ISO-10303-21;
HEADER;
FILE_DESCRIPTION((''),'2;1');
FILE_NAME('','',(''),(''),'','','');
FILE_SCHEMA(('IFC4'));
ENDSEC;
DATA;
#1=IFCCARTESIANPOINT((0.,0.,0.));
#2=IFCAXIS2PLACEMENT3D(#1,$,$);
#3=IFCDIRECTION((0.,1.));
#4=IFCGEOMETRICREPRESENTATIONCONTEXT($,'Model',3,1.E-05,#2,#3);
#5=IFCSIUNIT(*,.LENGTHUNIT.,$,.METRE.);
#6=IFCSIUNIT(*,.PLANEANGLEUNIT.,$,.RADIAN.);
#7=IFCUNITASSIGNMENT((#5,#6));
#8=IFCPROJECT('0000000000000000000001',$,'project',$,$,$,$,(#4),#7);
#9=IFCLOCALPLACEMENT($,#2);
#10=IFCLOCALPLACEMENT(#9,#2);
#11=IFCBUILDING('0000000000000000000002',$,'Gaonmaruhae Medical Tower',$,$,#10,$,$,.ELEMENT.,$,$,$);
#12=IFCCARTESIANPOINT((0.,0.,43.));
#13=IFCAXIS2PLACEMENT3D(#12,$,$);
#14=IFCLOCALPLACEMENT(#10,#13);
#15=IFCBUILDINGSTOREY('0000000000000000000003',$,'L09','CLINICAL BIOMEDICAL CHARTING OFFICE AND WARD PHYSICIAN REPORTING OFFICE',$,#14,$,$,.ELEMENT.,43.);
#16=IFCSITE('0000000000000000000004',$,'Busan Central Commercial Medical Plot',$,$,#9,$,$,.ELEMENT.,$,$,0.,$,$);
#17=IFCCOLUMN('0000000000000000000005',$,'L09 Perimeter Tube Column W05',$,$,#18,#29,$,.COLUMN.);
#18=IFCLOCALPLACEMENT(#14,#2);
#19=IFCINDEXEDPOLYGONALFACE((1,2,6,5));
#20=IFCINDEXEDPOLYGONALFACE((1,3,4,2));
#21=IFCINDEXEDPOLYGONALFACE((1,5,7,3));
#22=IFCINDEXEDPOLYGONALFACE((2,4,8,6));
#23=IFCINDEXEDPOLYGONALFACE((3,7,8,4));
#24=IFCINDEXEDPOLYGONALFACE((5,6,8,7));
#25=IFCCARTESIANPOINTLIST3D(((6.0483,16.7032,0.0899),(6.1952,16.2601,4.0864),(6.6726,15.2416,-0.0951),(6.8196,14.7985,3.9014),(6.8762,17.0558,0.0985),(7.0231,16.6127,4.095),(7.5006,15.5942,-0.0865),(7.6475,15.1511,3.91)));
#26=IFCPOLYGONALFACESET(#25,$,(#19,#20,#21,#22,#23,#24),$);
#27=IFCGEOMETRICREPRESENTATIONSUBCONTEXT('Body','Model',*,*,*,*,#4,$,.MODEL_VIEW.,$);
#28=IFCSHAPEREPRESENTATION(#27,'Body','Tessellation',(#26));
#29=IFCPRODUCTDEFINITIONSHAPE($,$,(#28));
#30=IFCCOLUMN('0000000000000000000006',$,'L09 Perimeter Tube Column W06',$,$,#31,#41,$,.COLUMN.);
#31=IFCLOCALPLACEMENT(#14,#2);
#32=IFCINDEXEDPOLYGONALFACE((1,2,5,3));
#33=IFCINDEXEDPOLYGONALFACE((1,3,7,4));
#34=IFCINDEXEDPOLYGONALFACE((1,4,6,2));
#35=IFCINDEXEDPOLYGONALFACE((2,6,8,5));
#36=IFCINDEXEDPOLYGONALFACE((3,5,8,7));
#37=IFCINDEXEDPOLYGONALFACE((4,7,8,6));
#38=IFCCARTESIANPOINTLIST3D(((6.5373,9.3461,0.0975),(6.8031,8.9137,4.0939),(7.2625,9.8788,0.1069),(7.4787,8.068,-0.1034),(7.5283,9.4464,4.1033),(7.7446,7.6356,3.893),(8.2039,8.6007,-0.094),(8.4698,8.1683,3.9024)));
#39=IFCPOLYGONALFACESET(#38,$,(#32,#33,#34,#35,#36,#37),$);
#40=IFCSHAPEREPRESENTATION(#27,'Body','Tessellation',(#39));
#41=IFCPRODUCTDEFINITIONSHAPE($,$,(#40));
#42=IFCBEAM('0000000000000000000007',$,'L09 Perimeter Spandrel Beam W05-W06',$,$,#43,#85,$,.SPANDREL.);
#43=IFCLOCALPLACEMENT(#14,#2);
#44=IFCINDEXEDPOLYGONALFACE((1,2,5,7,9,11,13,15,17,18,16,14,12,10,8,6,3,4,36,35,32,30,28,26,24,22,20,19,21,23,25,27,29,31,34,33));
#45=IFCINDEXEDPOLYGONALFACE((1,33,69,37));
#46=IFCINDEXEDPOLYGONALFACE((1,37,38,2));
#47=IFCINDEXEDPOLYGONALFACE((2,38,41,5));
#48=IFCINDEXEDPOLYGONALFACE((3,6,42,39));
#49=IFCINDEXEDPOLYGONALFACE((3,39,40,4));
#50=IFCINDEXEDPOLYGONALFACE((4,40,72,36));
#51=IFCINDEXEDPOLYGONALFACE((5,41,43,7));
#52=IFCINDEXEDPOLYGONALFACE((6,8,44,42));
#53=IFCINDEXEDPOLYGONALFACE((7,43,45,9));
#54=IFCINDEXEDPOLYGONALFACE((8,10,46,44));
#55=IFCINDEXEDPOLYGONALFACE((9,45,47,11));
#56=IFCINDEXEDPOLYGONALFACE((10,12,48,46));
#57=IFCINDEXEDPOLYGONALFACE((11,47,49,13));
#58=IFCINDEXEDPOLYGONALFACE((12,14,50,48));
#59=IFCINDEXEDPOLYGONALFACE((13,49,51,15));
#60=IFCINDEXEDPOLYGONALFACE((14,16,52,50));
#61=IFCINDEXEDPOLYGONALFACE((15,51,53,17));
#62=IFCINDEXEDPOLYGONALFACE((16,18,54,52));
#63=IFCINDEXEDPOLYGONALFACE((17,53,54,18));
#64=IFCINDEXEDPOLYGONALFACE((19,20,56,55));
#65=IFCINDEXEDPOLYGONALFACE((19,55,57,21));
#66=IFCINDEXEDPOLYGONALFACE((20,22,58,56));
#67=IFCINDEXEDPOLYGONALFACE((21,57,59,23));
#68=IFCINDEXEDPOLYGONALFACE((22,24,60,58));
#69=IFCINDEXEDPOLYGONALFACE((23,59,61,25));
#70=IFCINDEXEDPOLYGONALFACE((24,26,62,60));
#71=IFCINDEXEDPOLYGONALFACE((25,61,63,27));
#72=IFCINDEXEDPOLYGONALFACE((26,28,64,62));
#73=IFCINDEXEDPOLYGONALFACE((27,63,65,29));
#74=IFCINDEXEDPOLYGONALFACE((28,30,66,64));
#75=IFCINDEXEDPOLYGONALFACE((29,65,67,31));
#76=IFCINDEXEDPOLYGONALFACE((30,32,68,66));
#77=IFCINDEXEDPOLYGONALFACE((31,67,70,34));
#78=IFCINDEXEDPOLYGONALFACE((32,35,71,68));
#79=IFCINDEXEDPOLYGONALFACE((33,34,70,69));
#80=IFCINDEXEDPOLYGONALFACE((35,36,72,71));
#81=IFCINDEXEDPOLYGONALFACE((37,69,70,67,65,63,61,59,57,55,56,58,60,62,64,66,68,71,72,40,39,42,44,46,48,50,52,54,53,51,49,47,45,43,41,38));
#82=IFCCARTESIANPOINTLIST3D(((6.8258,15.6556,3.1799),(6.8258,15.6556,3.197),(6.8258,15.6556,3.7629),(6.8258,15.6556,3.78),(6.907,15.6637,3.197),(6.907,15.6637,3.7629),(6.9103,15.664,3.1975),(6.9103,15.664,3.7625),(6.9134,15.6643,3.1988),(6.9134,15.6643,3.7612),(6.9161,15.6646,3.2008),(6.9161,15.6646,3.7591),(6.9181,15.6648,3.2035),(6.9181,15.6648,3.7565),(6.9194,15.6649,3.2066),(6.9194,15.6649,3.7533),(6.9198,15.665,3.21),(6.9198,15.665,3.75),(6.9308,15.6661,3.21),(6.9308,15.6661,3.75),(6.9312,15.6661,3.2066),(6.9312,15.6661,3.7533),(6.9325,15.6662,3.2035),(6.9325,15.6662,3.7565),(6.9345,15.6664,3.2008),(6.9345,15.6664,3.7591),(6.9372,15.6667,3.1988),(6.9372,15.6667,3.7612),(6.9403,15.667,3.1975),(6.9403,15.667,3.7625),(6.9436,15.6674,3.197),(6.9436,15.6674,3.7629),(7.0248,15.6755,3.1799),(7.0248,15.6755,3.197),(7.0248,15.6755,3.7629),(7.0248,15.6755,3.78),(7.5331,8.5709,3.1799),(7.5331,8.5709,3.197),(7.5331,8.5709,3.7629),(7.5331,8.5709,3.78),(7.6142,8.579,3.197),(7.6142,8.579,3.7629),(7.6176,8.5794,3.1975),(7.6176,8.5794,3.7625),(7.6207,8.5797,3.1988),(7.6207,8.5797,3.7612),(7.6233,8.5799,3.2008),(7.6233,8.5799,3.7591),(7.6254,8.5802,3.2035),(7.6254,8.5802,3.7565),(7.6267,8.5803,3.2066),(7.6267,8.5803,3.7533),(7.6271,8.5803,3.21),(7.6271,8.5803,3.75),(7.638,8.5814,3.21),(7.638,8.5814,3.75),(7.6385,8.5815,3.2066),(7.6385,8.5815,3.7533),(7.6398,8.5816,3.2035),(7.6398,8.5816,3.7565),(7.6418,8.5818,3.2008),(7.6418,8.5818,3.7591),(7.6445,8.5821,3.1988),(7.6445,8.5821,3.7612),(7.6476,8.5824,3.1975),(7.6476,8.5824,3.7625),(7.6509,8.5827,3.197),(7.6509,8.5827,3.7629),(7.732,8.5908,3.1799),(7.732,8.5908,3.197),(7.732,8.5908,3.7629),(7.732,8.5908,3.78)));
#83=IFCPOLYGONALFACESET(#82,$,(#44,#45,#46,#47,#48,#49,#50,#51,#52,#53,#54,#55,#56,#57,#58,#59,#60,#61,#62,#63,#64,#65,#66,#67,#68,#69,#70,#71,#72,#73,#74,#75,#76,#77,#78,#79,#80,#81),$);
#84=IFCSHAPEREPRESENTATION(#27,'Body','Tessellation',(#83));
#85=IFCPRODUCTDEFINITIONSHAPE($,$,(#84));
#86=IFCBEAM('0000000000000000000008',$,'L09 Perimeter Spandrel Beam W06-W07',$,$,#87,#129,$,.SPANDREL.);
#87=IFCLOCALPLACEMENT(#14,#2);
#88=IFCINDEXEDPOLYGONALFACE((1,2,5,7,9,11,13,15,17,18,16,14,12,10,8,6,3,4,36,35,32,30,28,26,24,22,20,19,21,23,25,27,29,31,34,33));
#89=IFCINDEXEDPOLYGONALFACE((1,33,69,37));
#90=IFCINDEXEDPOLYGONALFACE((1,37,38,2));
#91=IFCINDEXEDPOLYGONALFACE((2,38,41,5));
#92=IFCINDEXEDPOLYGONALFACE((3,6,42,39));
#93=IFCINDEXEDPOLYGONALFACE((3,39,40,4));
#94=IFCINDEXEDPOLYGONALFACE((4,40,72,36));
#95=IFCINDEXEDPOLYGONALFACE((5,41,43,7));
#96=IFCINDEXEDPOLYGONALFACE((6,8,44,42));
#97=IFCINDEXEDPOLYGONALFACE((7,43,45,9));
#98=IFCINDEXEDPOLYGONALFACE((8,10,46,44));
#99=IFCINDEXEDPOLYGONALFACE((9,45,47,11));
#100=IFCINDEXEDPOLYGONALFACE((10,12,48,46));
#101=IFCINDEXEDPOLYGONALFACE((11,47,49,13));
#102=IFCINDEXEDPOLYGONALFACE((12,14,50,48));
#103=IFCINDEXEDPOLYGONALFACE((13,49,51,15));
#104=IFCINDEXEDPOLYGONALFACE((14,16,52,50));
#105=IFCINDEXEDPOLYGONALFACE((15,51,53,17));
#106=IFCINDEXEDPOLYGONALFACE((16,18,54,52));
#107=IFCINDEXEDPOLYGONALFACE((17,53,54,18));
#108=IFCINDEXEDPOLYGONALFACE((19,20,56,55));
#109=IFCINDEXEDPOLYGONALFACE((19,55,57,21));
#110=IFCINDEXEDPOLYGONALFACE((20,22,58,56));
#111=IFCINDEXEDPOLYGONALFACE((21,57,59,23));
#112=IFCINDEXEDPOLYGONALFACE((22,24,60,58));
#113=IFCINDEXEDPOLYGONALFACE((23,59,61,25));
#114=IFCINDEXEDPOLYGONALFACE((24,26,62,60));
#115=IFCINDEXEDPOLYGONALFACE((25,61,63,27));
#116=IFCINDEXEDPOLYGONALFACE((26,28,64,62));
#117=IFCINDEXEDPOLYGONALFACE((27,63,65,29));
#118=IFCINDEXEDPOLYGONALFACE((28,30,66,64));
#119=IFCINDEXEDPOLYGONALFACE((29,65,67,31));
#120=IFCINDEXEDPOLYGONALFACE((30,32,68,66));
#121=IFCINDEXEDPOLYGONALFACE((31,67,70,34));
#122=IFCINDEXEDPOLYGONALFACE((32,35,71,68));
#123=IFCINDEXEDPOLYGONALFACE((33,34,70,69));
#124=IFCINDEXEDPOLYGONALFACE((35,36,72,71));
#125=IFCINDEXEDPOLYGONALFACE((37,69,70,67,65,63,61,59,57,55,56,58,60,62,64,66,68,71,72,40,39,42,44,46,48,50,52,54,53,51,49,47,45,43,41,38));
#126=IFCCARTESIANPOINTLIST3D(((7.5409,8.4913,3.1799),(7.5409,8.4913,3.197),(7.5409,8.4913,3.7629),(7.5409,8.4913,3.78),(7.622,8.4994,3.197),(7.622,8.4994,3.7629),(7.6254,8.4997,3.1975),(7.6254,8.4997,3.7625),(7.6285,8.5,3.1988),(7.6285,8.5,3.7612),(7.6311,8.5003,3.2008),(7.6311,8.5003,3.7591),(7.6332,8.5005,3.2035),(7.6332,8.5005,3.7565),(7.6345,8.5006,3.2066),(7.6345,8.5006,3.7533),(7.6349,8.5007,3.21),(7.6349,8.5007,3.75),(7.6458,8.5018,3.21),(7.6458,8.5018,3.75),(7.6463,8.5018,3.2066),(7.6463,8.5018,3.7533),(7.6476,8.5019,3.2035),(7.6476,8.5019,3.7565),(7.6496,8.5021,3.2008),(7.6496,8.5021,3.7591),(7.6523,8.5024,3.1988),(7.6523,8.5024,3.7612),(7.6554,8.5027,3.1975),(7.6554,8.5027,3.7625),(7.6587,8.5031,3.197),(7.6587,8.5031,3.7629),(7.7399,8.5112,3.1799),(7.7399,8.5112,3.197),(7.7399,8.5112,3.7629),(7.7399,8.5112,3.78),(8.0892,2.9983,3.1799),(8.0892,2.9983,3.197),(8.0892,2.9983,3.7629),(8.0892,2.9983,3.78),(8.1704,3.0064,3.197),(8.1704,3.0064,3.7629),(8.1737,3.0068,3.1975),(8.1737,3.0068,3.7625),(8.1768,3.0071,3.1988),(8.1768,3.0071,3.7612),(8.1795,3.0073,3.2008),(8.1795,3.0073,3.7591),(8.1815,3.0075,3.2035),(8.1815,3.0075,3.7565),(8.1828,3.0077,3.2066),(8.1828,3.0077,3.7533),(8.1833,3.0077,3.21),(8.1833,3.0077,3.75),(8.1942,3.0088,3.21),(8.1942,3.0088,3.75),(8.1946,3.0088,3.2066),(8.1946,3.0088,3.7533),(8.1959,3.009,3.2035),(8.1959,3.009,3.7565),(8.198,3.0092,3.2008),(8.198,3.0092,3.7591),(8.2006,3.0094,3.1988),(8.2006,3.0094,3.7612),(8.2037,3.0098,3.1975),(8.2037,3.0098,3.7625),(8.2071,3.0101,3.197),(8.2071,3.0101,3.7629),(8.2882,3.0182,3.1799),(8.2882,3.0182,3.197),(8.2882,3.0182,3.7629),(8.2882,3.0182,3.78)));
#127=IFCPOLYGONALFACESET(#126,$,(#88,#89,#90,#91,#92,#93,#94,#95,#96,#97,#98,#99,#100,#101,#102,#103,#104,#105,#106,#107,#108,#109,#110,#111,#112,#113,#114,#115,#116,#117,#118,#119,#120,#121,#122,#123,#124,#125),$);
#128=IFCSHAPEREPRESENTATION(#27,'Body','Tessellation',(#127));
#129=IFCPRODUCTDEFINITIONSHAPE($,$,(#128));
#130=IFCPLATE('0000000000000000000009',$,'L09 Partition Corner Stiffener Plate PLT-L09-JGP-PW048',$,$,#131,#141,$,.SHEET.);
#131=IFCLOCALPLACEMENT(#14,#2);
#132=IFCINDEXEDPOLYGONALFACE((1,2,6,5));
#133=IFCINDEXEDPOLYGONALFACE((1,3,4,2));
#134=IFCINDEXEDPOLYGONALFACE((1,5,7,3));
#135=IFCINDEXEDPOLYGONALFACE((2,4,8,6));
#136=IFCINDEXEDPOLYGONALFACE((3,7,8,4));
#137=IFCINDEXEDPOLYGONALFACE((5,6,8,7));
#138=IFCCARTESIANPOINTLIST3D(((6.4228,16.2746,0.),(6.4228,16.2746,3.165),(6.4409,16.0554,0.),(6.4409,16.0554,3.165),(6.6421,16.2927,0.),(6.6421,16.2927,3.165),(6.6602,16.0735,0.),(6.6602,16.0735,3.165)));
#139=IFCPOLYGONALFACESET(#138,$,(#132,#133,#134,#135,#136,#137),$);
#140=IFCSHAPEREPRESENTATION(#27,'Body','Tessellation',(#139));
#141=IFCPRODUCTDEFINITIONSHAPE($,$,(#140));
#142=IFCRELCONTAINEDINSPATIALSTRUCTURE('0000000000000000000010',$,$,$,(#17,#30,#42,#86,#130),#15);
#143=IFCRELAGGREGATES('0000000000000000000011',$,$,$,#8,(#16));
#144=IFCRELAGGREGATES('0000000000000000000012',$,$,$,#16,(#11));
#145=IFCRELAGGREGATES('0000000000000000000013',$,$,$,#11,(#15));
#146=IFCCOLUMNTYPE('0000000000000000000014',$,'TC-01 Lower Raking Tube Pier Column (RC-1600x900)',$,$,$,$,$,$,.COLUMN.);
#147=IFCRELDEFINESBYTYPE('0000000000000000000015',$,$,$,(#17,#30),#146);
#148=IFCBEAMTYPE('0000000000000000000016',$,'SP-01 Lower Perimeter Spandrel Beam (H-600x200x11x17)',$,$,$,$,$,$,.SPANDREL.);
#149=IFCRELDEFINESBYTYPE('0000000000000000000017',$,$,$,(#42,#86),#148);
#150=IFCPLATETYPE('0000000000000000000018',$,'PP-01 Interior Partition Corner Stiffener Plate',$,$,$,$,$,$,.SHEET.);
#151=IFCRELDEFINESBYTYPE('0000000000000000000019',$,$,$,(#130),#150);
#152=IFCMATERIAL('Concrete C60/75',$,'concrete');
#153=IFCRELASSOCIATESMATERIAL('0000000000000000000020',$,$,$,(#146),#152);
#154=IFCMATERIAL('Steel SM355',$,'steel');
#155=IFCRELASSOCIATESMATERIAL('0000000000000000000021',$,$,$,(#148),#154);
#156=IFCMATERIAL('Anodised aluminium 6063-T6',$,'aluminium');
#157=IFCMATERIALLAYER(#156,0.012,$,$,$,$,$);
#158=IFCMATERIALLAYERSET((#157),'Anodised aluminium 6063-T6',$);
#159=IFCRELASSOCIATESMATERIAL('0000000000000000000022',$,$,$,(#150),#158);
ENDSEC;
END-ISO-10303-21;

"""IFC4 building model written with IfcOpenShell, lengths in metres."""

from ifc_helpers import new_model, si_unit, direction, frame, origin, origin_2d, place, context, subcontext, project, spatial, rectangle, i_section, extrude, material, layer, layer_set, material_profile, profile_set, type_object, element, save


model = new_model("IFC4")

# Units and contexts
model_context = context("Model", 3, precision=1e-05, world=origin(), true_north=direction((0.0, 1.0)))
body_context = subcontext(model_context, "Body", "Model", "MODEL_VIEW")
ifc_project = project(units=[si_unit("LENGTHUNIT", "METRE"), si_unit("PLANEANGLEUNIT", "RADIAN")], contexts=[model_context])

# Site, building, storey
site_placement = place(None, origin())
site = spatial("IfcSite", under=ifc_project, at=site_placement, Name="Busan Central Commercial Medical Plot", CompositionType="ELEMENT", RefElevation=0.0)
building_placement = place(site_placement, origin())
building = spatial("IfcBuilding", under=site, at=building_placement, Name="Gaonmaruhae Medical Tower", CompositionType="ELEMENT")
storey_placement = place(building_placement, frame((0.0, 0.0, 43.0)))
storey = spatial("IfcBuildingStorey", under=building, at=storey_placement, Name="L09", Description="CLINICAL BIOMEDICAL CHARTING OFFICE AND WARD PHYSICIAN REPORTING OFFICE", CompositionType="ELEMENT", Elevation=43.0)

# Columns
ifc_material_1 = material(Name="Concrete C60/75", Category="concrete")
ifc_material_profile_1 = material_profile(ifc_material_1, rectangle(XDim=1.6001, YDim=0.8999, at=origin_2d()), Name="RC-1600x900")
ifc_profile_set_1 = profile_set([ifc_material_profile_1], Name="Concrete C60/75")
column_type = type_object("IfcColumnType", Name="TC-01 Lower Raking Tube Pier Column (RC-1600x900)", PredefinedType="COLUMN", material=ifc_profile_set_1)
column_1_placement = place(storey_placement, frame((6.7744, 16.1487, 0.0017), z_axis=(0.036526, -0.110125, 0.993246), x_axis=(-0.390213, 0.913436, 0.115626)))
element("IfcColumn", 1, at=column_1_placement, inside=storey, type_object=column_type, Name="L09 Perimeter Tube Column W05", PredefinedType="COLUMN", context=body_context, shape_type="SweptSolid", body=[
    extrude(rectangle(XDim=1.6001, YDim=0.8999, at=origin_2d()), origin(), (0.0, 0.0, 1.0), 4.0237),
])
column_2_placement = place(storey_placement, frame((7.3706, 8.9734, 0.0017), z_axis=(0.065994, -0.107324, 0.992031), x_axis=(-0.588383, 0.798775, 0.125558)))
element("IfcColumn", 2, at=column_2_placement, inside=storey, type_object=column_type, Name="L09 Perimeter Tube Column W06", PredefinedType="COLUMN", context=body_context, shape_type="SweptSolid", body=[
    extrude(rectangle(XDim=1.6001, YDim=0.8999, at=origin_2d()), origin(), (0.0, 0.0, 1.0), 4.0286),
])

# Beams
ifc_material_2 = material(Name="Steel SM355", Category="steel")
ifc_material_profile_2 = material_profile(ifc_material_2, i_section(OverallWidth=0.2, OverallDepth=0.6001, WebThickness=0.011, FlangeThickness=0.0171, FilletRadius=0.0129, at=origin_2d()), Name="H-600x200x11x17")
ifc_profile_set_2 = profile_set([ifc_material_profile_2], Name="Steel SM355")
beam_type = type_object("IfcBeamType", Name="SP-01 Lower Perimeter Spandrel Beam (H-600x200x11x17)", PredefinedType="SPANDREL", material=ifc_profile_set_2)
beam_1_placement = place(storey_placement, frame((6.9253, 15.6655, 3.48), z_axis=(0.099337, -0.995054, 0.0), x_axis=(0.995054, 0.099337, 0.0)))
element("IfcBeam", 3, at=beam_1_placement, inside=storey, type_object=beam_type, Name="L09 Perimeter Spandrel Beam W05-W06", PredefinedType="SPANDREL", context=body_context, shape_type="SweptSolid", body=[
    extrude(i_section(OverallWidth=0.2, OverallDepth=0.6001, WebThickness=0.011, FlangeThickness=0.0171, FilletRadius=0.0129, at=origin_2d()), origin(), (0.0, 0.0, 1.0), 7.1199),
])
beam_2_placement = place(storey_placement, frame((7.6404, 8.5012, 3.48), z_axis=(0.099333, -0.995054, 0.0), x_axis=(0.995054, 0.099333, 0.0)))
element("IfcBeam", 4, at=beam_2_placement, inside=storey, type_object=beam_type, Name="L09 Perimeter Spandrel Beam W06-W07", PredefinedType="SPANDREL", context=body_context, shape_type="SweptSolid", body=[
    extrude(i_section(OverallWidth=0.2, OverallDepth=0.6001, WebThickness=0.011, FlangeThickness=0.0171, FilletRadius=0.0129, at=origin_2d()), origin(), (0.0, 0.0, 1.0), 5.5203),
])

# Plate
ifc_material_3 = material(Name="Anodised aluminium 6063-T6", Category="aluminium")
ifc_layer_1 = layer(ifc_material_3, 0.012)
ifc_layer_set_1 = layer_set([ifc_layer_1], Name="Anodised aluminium 6063-T6")
plate_type = type_object("IfcPlateType", Name="PP-01 Interior Partition Corner Stiffener Plate", PredefinedType="SHEET", material=ifc_layer_set_1)
plate_placement = place(storey_placement, frame((6.5415, 16.1741, 0.0), z_axis=(0.0, 0.0, 1.0), x_axis=(-0.082304, 0.996607, 0.0)))
element("IfcPlate", 5, at=plate_placement, inside=storey, type_object=plate_type, Name="L09 Partition Corner Stiffener Plate PLT-L09-JGP-PW048", PredefinedType="SHEET", context=body_context, shape_type="SweptSolid", body=[
    extrude(rectangle(XDim=0.22, YDim=0.22, at=origin_2d()), origin(), (0.0, 0.0, 1.0), 3.165),
])

save(model, "model.ifc")
